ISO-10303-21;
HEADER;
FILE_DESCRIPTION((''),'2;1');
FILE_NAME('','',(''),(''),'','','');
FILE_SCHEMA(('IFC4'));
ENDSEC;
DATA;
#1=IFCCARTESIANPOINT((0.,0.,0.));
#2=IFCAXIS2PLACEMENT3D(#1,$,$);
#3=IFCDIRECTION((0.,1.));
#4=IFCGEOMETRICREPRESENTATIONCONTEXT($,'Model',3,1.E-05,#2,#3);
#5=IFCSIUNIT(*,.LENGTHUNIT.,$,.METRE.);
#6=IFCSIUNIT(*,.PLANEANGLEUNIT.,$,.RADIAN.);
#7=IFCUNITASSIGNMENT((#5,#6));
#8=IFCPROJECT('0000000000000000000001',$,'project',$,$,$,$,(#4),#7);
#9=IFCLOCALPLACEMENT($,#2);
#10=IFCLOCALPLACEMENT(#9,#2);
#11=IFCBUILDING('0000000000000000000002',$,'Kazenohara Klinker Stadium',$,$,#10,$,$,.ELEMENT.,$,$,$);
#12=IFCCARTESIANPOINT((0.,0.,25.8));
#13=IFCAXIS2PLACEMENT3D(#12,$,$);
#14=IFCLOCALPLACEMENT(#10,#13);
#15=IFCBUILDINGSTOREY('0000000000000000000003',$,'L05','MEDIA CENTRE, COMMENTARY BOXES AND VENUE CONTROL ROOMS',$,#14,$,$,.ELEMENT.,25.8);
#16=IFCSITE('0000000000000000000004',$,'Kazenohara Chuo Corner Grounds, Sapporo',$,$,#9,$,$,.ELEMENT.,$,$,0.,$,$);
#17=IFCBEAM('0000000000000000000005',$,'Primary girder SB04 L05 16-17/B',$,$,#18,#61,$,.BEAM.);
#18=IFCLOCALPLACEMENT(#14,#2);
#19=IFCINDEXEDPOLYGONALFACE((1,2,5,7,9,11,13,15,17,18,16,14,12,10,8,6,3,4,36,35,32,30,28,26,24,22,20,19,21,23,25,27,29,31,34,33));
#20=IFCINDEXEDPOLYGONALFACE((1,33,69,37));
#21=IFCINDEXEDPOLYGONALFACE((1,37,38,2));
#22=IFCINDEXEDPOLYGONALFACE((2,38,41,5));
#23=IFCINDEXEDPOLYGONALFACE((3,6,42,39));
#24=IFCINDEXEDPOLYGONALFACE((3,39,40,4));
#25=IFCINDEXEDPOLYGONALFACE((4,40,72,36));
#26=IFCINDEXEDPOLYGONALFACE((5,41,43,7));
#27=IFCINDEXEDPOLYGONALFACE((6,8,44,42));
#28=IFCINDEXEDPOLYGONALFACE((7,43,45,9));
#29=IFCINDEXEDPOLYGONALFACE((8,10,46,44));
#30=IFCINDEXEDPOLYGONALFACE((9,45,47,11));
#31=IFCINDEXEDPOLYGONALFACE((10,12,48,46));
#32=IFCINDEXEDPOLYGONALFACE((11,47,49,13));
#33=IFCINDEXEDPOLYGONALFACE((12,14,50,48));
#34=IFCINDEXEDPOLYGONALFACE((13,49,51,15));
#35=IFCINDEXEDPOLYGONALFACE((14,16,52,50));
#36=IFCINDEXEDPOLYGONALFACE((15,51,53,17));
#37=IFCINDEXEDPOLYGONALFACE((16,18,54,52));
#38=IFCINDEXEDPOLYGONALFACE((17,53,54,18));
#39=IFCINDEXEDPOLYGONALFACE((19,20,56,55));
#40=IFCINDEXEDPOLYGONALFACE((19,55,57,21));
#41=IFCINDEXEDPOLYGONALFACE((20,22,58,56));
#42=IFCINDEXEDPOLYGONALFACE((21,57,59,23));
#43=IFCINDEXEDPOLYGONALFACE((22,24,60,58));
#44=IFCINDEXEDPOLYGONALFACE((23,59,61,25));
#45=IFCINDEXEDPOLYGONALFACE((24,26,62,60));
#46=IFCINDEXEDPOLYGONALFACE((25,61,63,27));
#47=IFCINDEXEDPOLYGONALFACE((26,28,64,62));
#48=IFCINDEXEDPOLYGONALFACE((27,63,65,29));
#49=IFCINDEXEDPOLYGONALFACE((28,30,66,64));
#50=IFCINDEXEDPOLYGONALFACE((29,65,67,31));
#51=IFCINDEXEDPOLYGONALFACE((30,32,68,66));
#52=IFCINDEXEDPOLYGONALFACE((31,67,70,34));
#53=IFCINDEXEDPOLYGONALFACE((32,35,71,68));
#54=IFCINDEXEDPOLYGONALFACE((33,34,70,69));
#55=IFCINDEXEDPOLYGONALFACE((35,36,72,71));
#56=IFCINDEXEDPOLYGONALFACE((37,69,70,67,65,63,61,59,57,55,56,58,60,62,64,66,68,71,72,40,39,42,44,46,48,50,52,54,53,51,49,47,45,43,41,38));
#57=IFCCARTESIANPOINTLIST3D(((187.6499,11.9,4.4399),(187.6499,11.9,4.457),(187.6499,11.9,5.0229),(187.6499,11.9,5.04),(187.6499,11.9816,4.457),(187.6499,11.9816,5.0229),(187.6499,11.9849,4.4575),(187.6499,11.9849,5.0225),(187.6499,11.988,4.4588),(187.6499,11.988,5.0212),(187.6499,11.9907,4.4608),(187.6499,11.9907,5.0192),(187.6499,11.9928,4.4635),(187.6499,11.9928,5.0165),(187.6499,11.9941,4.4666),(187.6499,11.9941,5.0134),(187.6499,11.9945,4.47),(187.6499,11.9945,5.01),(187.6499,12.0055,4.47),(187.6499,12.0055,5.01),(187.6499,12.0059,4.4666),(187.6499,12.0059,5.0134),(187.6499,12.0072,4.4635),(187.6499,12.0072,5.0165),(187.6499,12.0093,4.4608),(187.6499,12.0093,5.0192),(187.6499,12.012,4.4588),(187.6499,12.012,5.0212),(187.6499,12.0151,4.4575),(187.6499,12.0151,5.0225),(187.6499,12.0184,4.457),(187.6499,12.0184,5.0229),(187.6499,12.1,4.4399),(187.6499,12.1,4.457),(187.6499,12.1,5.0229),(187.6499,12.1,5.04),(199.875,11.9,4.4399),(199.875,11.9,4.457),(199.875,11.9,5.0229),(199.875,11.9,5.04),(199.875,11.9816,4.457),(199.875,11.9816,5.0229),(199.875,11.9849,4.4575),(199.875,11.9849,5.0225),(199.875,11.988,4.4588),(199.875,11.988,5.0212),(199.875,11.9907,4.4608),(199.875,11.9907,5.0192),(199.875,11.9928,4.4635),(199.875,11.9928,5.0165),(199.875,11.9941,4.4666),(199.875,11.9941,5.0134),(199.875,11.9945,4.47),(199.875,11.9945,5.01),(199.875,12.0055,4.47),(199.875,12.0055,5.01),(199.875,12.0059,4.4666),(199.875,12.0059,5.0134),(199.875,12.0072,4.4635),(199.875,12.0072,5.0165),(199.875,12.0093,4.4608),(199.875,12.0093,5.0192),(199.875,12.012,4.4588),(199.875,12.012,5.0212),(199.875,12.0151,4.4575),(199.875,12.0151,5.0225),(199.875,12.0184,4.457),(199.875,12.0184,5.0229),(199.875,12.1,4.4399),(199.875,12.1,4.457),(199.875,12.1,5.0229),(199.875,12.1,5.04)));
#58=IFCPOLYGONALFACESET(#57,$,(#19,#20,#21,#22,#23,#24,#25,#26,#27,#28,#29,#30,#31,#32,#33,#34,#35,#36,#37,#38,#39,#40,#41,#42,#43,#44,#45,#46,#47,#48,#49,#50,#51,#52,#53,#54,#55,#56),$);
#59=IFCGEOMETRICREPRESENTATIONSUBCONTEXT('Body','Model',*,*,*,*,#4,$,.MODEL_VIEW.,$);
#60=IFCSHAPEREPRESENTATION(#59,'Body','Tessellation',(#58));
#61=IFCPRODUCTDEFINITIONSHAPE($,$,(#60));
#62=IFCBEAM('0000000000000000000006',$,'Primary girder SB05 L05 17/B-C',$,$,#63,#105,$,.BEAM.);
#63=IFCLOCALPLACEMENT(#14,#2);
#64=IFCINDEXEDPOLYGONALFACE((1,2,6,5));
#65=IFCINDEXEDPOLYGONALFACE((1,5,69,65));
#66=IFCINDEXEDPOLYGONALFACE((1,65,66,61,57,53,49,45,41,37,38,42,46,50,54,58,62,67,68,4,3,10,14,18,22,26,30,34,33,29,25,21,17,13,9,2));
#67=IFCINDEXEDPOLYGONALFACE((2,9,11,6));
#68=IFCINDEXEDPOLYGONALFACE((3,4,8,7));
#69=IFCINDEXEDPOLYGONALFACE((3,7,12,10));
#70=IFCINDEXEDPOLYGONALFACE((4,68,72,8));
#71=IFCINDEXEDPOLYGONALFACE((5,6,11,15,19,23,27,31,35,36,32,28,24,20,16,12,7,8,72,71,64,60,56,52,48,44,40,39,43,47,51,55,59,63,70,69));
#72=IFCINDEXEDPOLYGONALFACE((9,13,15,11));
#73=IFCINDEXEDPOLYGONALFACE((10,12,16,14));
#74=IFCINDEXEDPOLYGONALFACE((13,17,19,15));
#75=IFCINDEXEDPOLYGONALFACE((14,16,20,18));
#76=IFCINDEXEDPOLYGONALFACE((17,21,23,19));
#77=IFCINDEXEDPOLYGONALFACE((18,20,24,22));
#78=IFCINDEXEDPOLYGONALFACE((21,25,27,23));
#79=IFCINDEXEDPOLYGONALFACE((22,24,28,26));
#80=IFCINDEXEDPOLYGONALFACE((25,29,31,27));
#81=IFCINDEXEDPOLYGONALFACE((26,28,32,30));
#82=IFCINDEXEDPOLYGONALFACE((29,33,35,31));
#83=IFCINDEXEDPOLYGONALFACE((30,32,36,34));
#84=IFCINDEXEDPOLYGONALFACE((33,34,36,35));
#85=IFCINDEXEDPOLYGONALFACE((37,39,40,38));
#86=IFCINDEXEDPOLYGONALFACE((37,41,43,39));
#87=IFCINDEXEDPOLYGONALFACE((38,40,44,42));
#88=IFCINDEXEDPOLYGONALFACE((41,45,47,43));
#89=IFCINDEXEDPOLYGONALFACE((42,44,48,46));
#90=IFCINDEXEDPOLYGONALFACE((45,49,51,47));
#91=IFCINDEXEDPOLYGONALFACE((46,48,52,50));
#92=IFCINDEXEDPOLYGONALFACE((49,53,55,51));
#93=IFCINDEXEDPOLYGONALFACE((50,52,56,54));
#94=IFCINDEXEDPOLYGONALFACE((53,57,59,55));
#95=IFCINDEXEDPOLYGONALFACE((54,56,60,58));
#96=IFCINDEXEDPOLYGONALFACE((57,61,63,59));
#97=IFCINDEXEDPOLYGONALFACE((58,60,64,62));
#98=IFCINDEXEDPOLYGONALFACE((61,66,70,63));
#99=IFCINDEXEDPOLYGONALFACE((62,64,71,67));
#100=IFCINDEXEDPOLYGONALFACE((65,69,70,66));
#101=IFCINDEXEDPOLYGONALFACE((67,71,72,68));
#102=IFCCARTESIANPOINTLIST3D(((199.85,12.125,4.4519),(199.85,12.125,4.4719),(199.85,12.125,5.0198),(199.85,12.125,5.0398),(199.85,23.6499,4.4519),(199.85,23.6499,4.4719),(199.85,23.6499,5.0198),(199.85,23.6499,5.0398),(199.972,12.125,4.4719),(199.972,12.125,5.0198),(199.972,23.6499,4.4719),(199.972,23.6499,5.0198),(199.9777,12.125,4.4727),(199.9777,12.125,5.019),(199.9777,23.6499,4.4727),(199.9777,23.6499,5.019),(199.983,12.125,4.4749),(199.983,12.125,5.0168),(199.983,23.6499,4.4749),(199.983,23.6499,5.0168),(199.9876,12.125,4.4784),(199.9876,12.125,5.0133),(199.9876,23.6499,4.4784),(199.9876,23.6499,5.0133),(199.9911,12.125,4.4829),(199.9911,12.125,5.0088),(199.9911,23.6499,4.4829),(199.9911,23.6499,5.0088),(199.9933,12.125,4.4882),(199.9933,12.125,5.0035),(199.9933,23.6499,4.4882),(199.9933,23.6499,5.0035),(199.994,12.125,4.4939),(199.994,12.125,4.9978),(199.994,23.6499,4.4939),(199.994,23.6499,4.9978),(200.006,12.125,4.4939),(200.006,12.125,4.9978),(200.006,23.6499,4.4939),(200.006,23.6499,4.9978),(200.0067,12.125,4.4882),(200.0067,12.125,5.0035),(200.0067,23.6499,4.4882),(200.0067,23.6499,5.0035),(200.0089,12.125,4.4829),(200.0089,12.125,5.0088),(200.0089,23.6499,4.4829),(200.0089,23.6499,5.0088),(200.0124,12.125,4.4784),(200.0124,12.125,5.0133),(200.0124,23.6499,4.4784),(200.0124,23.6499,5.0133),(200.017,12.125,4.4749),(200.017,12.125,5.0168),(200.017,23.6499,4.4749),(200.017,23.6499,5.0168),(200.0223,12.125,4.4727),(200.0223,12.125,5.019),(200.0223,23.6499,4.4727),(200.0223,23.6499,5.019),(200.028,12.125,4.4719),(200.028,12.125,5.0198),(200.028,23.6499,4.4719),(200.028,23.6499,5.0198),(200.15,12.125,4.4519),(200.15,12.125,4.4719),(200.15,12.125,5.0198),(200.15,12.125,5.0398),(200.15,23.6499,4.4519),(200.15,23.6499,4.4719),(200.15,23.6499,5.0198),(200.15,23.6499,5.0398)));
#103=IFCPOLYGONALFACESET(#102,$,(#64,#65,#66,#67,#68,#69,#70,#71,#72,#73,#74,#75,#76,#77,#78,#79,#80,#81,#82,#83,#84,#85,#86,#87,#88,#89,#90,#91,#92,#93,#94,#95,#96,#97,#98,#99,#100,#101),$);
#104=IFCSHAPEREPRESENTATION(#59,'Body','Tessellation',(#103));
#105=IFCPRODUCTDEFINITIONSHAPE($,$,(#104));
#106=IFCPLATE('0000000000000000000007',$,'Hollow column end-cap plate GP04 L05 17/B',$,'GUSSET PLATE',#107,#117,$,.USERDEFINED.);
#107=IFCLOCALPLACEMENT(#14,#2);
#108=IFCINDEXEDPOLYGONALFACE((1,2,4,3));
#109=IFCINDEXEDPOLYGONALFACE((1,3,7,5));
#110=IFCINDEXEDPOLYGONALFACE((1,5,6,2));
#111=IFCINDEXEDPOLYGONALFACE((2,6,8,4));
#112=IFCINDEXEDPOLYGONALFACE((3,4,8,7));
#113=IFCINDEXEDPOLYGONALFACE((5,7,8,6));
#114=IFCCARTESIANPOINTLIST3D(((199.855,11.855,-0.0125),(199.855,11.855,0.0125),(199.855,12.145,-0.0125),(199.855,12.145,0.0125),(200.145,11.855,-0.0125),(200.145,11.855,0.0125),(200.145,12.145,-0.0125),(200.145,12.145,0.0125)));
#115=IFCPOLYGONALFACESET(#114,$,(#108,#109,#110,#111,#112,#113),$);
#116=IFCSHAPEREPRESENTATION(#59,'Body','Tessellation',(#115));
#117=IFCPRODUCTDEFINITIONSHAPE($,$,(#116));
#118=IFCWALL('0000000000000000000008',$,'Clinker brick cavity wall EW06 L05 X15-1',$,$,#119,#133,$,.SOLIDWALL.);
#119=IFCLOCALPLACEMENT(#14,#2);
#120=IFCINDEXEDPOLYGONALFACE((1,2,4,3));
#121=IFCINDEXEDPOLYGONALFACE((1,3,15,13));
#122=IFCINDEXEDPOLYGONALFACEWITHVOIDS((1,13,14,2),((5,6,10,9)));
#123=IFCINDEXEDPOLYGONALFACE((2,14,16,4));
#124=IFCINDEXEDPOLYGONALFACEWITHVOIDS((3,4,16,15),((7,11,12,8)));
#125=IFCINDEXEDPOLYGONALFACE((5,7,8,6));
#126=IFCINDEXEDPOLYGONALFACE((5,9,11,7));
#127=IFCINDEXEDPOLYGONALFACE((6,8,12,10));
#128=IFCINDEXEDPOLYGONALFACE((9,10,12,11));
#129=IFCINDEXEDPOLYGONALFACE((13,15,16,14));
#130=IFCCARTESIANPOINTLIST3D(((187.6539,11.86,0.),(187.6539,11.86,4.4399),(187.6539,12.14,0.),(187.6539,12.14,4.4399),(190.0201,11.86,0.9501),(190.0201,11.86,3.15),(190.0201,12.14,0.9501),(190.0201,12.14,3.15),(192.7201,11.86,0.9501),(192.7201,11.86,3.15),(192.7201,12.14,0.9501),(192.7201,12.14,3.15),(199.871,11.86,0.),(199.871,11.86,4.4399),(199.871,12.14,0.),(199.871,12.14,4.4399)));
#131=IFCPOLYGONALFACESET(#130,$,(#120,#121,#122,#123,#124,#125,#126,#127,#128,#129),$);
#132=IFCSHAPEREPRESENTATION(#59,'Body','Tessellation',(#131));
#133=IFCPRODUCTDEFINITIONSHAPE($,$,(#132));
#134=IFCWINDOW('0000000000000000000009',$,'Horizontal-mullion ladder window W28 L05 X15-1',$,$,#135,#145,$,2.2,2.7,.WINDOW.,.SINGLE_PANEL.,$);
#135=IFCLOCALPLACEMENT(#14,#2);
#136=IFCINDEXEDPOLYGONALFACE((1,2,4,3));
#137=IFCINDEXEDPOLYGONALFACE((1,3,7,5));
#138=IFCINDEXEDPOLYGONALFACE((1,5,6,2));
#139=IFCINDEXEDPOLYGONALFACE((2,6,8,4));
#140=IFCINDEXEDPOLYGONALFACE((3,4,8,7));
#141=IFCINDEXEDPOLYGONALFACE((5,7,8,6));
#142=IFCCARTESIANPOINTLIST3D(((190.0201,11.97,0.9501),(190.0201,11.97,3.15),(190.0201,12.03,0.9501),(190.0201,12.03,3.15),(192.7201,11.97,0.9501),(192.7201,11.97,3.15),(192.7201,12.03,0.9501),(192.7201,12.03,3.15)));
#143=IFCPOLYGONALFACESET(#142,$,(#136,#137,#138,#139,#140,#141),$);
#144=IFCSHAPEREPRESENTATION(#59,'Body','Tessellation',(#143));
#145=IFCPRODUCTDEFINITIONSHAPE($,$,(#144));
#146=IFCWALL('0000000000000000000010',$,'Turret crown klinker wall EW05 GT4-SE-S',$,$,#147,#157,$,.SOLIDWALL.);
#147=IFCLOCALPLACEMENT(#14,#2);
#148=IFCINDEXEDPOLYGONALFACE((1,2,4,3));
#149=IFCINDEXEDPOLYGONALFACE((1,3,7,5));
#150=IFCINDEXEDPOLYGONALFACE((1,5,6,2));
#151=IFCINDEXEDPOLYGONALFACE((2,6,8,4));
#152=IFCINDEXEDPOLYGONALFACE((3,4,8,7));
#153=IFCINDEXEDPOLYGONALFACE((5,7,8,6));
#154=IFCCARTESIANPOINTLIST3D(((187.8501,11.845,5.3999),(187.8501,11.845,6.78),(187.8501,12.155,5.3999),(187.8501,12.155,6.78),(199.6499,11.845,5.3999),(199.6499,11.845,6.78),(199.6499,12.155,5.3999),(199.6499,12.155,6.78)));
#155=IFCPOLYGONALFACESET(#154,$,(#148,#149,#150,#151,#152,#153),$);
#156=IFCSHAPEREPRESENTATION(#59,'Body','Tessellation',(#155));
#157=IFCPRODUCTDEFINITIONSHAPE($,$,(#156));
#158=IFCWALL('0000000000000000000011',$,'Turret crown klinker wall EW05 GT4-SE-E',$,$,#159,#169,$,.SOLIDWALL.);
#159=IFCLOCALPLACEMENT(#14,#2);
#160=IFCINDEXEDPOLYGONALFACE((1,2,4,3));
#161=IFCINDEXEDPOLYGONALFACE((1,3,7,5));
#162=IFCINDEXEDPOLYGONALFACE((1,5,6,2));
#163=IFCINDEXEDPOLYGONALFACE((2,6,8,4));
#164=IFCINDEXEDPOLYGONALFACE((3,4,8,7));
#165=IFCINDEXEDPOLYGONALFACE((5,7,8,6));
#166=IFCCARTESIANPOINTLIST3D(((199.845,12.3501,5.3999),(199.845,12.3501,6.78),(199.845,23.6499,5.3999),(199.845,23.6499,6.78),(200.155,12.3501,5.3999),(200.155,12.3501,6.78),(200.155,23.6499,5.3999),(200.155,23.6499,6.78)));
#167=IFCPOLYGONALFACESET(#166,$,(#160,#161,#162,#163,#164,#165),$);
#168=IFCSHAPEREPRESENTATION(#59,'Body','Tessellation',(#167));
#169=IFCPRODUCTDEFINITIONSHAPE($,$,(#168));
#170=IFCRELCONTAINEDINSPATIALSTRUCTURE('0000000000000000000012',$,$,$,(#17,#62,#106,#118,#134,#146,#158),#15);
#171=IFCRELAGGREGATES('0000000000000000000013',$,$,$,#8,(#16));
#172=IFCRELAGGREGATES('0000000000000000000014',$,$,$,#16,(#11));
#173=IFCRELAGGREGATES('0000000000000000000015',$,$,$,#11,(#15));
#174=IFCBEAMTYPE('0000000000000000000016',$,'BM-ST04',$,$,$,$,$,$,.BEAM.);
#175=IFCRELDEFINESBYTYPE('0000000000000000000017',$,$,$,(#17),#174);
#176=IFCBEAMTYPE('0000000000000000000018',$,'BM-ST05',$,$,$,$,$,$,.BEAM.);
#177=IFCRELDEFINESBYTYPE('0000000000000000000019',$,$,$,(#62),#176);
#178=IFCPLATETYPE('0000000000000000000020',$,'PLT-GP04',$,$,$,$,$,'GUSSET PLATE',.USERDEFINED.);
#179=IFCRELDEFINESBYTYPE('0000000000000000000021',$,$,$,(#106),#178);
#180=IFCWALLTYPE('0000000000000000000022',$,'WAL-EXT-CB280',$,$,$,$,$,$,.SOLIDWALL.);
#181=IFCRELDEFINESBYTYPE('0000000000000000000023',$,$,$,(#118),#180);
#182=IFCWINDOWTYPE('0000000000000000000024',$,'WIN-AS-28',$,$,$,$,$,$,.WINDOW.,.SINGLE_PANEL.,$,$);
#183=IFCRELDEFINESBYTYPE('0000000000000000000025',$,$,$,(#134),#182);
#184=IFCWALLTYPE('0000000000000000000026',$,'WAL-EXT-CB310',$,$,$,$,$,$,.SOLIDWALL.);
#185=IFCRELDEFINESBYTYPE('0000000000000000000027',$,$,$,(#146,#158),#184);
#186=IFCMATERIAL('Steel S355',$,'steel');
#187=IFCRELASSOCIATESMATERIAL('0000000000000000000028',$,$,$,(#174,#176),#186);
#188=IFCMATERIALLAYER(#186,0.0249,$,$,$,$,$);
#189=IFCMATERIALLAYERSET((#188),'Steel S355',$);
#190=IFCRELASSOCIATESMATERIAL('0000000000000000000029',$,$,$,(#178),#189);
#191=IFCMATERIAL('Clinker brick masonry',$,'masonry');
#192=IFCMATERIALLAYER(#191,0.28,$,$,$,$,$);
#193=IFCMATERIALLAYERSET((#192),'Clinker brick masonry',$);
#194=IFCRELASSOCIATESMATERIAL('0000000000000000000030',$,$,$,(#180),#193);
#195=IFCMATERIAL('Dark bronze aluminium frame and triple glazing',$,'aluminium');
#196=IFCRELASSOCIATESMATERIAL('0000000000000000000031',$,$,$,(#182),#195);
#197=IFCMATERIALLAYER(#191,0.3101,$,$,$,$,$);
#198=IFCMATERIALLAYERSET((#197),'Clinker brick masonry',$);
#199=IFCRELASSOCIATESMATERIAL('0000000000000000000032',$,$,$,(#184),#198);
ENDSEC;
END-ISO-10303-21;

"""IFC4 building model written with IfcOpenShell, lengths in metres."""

from ifc_helpers import new_model, si_unit, direction, frame, frame_2d, origin, origin_2d, place, context, subcontext, project, spatial, rectangle, i_section, extrude, material, layer, layer_set, material_profile, profile_set, type_object, element, fill, save


model = new_model("IFC4")

# Units and contexts
model_context = context("Model", 3, precision=1e-05, world=origin(), true_north=direction((0.0, 1.0)))
body_context = subcontext(model_context, "Body", "Model", "MODEL_VIEW")
ifc_project = project(units=[si_unit("LENGTHUNIT", "METRE"), si_unit("PLANEANGLEUNIT", "RADIAN")], contexts=[model_context])

# Site, building, storey
site_placement = place(None, origin())
site = spatial("IfcSite", under=ifc_project, at=site_placement, Name="Kazenohara Chuo Corner Grounds, Sapporo", CompositionType="ELEMENT", RefElevation=0.0)
building_placement = place(site_placement, origin())
building = spatial("IfcBuilding", under=site, at=building_placement, Name="Kazenohara Klinker Stadium", CompositionType="ELEMENT")
storey_placement = place(building_placement, frame((0.0, 0.0, 25.8)))
storey = spatial("IfcBuildingStorey", under=building, at=storey_placement, Name="L05", Description="MEDIA CENTRE, COMMENTARY BOXES AND VENUE CONTROL ROOMS", CompositionType="ELEMENT", Elevation=25.8)

# Shared definitions
ifc_material_1 = material(Name="Steel S355", Category="steel")

# Beams
ifc_material_profile_1 = material_profile(ifc_material_1, i_section(OverallWidth=0.2, OverallDepth=0.6001, WebThickness=0.011, FlangeThickness=0.0171, FilletRadius=0.0129, at=origin_2d()), Name="H-600x200x11x17")
ifc_profile_set_1 = profile_set([ifc_material_profile_1], Name="Steel S355")
beam_type_1 = type_object("IfcBeamType", Name="BM-ST04", PredefinedType="BEAM", material=ifc_profile_set_1)
beam_1_placement = place(storey_placement, frame((187.6499, 12.0, 4.74), z_axis=(1.0, 0.0, 0.0), x_axis=(0.0, 1.0, 0.0)))
element("IfcBeam", 1, at=beam_1_placement, inside=storey, type_object=beam_type_1, Name="Primary girder SB04 L05 16-17/B", PredefinedType="BEAM", context=body_context, shape_type="SweptSolid", body=[
    extrude(i_section(OverallWidth=0.2, OverallDepth=0.6001, WebThickness=0.011, FlangeThickness=0.0171, FilletRadius=0.0129, at=origin_2d()), origin(), (0.0, 0.0, 1.0), 12.2251),
])
ifc_material_profile_2 = material_profile(ifc_material_1, i_section(OverallWidth=0.3, OverallDepth=0.5879, WebThickness=0.012, FlangeThickness=0.02, FilletRadius=0.022, at=origin_2d()), Name="H-588x300x12x20")
ifc_profile_set_2 = profile_set([ifc_material_profile_2], Name="Steel S355")
beam_type_2 = type_object("IfcBeamType", Name="BM-ST05", PredefinedType="BEAM", material=ifc_profile_set_2)
beam_2_placement = place(storey_placement, frame((200.0, 12.125, 4.7458), z_axis=(0.0, 1.0, 0.0), x_axis=(-1.0, 0.0, 0.0)))
element("IfcBeam", 2, at=beam_2_placement, inside=storey, type_object=beam_type_2, Name="Primary girder SB05 L05 17/B-C", PredefinedType="BEAM", context=body_context, shape_type="SweptSolid", body=[
    extrude(i_section(OverallWidth=0.3, OverallDepth=0.5879, WebThickness=0.012, FlangeThickness=0.02, FilletRadius=0.022, at=origin_2d()), origin(), (0.0, 0.0, 1.0), 11.5249),
])

# Plate
ifc_layer_1 = layer(ifc_material_1, 0.0249)
ifc_layer_set_1 = layer_set([ifc_layer_1], Name="Steel S355")
plate_type = type_object("IfcPlateType", Name="PLT-GP04", ElementType="GUSSET PLATE", PredefinedType="USERDEFINED", material=ifc_layer_set_1)
plate_placement = place(storey_placement, frame((200.0, 12.0, -0.0125), z_axis=(0.0, 0.0, 1.0), x_axis=(1.0, 0.0, 0.0)))
element("IfcPlate", 3, at=plate_placement, inside=storey, type_object=plate_type, Name="Hollow column end-cap plate GP04 L05 17/B", ObjectType="GUSSET PLATE", PredefinedType="USERDEFINED", context=body_context, shape_type="SweptSolid", body=[
    extrude(rectangle(XDim=0.29, YDim=0.29, at=origin_2d()), origin(), (0.0, 0.0, 1.0), 0.0249),
])

# Wall, opening, window
ifc_material_2 = material(Name="Clinker brick masonry", Category="masonry")
ifc_layer_2 = layer(ifc_material_2, 0.28)
ifc_layer_set_2 = layer_set([ifc_layer_2], Name="Clinker brick masonry")
wall_type_1 = type_object("IfcWallType", Name="WAL-EXT-CB280", PredefinedType="SOLIDWALL", material=ifc_layer_set_2)
wall_1_placement = place(storey_placement, frame((187.6541, 12.0, 0.0), z_axis=(0.0, 0.0, 1.0), x_axis=(1.0, 0.0, 0.0)))
wall_1 = element("IfcWall", 4, at=wall_1_placement, inside=storey, type_object=wall_type_1, Name="Clinker brick cavity wall EW06 L05 X15-1", PredefinedType="SOLIDWALL", context=body_context, shape_type="SweptSolid", body=[
    extrude(rectangle(XDim=12.217, YDim=0.28, at=frame_2d((6.1084, 0.0))), origin(), (0.0, 0.0, 1.0), 4.4399),
])
opening_1_placement = place(wall_1_placement, frame((2.366, 0.0, 0.95)))
opening_1 = element("IfcOpeningElement", 5, at=opening_1_placement, cuts=wall_1, PredefinedType="OPENING", context=body_context, shape_type="SweptSolid", body=[
    extrude(rectangle(XDim=2.7, YDim=2.2, at=frame_2d((1.3501, 1.1001))), frame((0.0, 0.1499, 0.0), z_axis=(0.0, -1.0, 0.0), x_axis=(1.0, 0.0, 0.0)), (0.0, 0.0, 1.0), 0.3),
])
ifc_material_3 = material(Name="Dark bronze aluminium frame and triple glazing", Category="aluminium")
window_type_1 = type_object("IfcWindowType", Name="WIN-AS-28", PartitioningType="SINGLE_PANEL", PredefinedType="WINDOW", material=ifc_material_3)
window_1_placement = place(opening_1_placement, origin())
window_1 = element("IfcWindow", 6, at=window_1_placement, inside=storey, type_object=window_type_1, Name="Horizontal-mullion ladder window W28 L05 X15-1", OverallHeight=2.2, OverallWidth=2.7, PartitioningType="SINGLE_PANEL", PredefinedType="WINDOW", context=body_context, shape_type="SweptSolid", body=[
    extrude(rectangle(XDim=2.7, YDim=2.2, at=frame_2d((1.3501, 1.1001))), frame((0.0, 0.03, 0.0), z_axis=(0.0, -1.0, 0.0), x_axis=(1.0, 0.0, 0.0)), (0.0, 0.0, 1.0), 0.0601),
])
fill(opening_1, window_1)

# Walls
ifc_layer_3 = layer(ifc_material_2, 0.3101)
ifc_layer_set_3 = layer_set([ifc_layer_3], Name="Clinker brick masonry")
wall_type_2 = type_object("IfcWallType", Name="WAL-EXT-CB310", PredefinedType="SOLIDWALL", material=ifc_layer_set_3)
wall_2_placement = place(storey_placement, frame((187.8501, 12.0, 5.3999), z_axis=(0.0, 0.0, 1.0), x_axis=(1.0, 0.0, 0.0)))
element("IfcWall", 7, at=wall_2_placement, inside=storey, type_object=wall_type_2, Name="Turret crown klinker wall EW05 GT4-SE-S", PredefinedType="SOLIDWALL", context=body_context, shape_type="SweptSolid", body=[
    extrude(rectangle(XDim=11.7998, YDim=0.3101, at=frame_2d((5.8999, 0.0))), origin(), (0.0, 0.0, 1.0), 1.3801),
])
wall_3_placement = place(storey_placement, frame((200.0, 12.3501, 5.3999), z_axis=(0.0, 0.0, 1.0), x_axis=(0.0, 1.0, 0.0)))
element("IfcWall", 8, at=wall_3_placement, inside=storey, type_object=wall_type_2, Name="Turret crown klinker wall EW05 GT4-SE-E", PredefinedType="SOLIDWALL", context=body_context, shape_type="SweptSolid", body=[
    extrude(rectangle(XDim=11.2998, YDim=0.3101, at=frame_2d((5.6499, 0.0))), origin(), (0.0, 0.0, 1.0), 1.3801),
])

save(model, "model.ifc")
